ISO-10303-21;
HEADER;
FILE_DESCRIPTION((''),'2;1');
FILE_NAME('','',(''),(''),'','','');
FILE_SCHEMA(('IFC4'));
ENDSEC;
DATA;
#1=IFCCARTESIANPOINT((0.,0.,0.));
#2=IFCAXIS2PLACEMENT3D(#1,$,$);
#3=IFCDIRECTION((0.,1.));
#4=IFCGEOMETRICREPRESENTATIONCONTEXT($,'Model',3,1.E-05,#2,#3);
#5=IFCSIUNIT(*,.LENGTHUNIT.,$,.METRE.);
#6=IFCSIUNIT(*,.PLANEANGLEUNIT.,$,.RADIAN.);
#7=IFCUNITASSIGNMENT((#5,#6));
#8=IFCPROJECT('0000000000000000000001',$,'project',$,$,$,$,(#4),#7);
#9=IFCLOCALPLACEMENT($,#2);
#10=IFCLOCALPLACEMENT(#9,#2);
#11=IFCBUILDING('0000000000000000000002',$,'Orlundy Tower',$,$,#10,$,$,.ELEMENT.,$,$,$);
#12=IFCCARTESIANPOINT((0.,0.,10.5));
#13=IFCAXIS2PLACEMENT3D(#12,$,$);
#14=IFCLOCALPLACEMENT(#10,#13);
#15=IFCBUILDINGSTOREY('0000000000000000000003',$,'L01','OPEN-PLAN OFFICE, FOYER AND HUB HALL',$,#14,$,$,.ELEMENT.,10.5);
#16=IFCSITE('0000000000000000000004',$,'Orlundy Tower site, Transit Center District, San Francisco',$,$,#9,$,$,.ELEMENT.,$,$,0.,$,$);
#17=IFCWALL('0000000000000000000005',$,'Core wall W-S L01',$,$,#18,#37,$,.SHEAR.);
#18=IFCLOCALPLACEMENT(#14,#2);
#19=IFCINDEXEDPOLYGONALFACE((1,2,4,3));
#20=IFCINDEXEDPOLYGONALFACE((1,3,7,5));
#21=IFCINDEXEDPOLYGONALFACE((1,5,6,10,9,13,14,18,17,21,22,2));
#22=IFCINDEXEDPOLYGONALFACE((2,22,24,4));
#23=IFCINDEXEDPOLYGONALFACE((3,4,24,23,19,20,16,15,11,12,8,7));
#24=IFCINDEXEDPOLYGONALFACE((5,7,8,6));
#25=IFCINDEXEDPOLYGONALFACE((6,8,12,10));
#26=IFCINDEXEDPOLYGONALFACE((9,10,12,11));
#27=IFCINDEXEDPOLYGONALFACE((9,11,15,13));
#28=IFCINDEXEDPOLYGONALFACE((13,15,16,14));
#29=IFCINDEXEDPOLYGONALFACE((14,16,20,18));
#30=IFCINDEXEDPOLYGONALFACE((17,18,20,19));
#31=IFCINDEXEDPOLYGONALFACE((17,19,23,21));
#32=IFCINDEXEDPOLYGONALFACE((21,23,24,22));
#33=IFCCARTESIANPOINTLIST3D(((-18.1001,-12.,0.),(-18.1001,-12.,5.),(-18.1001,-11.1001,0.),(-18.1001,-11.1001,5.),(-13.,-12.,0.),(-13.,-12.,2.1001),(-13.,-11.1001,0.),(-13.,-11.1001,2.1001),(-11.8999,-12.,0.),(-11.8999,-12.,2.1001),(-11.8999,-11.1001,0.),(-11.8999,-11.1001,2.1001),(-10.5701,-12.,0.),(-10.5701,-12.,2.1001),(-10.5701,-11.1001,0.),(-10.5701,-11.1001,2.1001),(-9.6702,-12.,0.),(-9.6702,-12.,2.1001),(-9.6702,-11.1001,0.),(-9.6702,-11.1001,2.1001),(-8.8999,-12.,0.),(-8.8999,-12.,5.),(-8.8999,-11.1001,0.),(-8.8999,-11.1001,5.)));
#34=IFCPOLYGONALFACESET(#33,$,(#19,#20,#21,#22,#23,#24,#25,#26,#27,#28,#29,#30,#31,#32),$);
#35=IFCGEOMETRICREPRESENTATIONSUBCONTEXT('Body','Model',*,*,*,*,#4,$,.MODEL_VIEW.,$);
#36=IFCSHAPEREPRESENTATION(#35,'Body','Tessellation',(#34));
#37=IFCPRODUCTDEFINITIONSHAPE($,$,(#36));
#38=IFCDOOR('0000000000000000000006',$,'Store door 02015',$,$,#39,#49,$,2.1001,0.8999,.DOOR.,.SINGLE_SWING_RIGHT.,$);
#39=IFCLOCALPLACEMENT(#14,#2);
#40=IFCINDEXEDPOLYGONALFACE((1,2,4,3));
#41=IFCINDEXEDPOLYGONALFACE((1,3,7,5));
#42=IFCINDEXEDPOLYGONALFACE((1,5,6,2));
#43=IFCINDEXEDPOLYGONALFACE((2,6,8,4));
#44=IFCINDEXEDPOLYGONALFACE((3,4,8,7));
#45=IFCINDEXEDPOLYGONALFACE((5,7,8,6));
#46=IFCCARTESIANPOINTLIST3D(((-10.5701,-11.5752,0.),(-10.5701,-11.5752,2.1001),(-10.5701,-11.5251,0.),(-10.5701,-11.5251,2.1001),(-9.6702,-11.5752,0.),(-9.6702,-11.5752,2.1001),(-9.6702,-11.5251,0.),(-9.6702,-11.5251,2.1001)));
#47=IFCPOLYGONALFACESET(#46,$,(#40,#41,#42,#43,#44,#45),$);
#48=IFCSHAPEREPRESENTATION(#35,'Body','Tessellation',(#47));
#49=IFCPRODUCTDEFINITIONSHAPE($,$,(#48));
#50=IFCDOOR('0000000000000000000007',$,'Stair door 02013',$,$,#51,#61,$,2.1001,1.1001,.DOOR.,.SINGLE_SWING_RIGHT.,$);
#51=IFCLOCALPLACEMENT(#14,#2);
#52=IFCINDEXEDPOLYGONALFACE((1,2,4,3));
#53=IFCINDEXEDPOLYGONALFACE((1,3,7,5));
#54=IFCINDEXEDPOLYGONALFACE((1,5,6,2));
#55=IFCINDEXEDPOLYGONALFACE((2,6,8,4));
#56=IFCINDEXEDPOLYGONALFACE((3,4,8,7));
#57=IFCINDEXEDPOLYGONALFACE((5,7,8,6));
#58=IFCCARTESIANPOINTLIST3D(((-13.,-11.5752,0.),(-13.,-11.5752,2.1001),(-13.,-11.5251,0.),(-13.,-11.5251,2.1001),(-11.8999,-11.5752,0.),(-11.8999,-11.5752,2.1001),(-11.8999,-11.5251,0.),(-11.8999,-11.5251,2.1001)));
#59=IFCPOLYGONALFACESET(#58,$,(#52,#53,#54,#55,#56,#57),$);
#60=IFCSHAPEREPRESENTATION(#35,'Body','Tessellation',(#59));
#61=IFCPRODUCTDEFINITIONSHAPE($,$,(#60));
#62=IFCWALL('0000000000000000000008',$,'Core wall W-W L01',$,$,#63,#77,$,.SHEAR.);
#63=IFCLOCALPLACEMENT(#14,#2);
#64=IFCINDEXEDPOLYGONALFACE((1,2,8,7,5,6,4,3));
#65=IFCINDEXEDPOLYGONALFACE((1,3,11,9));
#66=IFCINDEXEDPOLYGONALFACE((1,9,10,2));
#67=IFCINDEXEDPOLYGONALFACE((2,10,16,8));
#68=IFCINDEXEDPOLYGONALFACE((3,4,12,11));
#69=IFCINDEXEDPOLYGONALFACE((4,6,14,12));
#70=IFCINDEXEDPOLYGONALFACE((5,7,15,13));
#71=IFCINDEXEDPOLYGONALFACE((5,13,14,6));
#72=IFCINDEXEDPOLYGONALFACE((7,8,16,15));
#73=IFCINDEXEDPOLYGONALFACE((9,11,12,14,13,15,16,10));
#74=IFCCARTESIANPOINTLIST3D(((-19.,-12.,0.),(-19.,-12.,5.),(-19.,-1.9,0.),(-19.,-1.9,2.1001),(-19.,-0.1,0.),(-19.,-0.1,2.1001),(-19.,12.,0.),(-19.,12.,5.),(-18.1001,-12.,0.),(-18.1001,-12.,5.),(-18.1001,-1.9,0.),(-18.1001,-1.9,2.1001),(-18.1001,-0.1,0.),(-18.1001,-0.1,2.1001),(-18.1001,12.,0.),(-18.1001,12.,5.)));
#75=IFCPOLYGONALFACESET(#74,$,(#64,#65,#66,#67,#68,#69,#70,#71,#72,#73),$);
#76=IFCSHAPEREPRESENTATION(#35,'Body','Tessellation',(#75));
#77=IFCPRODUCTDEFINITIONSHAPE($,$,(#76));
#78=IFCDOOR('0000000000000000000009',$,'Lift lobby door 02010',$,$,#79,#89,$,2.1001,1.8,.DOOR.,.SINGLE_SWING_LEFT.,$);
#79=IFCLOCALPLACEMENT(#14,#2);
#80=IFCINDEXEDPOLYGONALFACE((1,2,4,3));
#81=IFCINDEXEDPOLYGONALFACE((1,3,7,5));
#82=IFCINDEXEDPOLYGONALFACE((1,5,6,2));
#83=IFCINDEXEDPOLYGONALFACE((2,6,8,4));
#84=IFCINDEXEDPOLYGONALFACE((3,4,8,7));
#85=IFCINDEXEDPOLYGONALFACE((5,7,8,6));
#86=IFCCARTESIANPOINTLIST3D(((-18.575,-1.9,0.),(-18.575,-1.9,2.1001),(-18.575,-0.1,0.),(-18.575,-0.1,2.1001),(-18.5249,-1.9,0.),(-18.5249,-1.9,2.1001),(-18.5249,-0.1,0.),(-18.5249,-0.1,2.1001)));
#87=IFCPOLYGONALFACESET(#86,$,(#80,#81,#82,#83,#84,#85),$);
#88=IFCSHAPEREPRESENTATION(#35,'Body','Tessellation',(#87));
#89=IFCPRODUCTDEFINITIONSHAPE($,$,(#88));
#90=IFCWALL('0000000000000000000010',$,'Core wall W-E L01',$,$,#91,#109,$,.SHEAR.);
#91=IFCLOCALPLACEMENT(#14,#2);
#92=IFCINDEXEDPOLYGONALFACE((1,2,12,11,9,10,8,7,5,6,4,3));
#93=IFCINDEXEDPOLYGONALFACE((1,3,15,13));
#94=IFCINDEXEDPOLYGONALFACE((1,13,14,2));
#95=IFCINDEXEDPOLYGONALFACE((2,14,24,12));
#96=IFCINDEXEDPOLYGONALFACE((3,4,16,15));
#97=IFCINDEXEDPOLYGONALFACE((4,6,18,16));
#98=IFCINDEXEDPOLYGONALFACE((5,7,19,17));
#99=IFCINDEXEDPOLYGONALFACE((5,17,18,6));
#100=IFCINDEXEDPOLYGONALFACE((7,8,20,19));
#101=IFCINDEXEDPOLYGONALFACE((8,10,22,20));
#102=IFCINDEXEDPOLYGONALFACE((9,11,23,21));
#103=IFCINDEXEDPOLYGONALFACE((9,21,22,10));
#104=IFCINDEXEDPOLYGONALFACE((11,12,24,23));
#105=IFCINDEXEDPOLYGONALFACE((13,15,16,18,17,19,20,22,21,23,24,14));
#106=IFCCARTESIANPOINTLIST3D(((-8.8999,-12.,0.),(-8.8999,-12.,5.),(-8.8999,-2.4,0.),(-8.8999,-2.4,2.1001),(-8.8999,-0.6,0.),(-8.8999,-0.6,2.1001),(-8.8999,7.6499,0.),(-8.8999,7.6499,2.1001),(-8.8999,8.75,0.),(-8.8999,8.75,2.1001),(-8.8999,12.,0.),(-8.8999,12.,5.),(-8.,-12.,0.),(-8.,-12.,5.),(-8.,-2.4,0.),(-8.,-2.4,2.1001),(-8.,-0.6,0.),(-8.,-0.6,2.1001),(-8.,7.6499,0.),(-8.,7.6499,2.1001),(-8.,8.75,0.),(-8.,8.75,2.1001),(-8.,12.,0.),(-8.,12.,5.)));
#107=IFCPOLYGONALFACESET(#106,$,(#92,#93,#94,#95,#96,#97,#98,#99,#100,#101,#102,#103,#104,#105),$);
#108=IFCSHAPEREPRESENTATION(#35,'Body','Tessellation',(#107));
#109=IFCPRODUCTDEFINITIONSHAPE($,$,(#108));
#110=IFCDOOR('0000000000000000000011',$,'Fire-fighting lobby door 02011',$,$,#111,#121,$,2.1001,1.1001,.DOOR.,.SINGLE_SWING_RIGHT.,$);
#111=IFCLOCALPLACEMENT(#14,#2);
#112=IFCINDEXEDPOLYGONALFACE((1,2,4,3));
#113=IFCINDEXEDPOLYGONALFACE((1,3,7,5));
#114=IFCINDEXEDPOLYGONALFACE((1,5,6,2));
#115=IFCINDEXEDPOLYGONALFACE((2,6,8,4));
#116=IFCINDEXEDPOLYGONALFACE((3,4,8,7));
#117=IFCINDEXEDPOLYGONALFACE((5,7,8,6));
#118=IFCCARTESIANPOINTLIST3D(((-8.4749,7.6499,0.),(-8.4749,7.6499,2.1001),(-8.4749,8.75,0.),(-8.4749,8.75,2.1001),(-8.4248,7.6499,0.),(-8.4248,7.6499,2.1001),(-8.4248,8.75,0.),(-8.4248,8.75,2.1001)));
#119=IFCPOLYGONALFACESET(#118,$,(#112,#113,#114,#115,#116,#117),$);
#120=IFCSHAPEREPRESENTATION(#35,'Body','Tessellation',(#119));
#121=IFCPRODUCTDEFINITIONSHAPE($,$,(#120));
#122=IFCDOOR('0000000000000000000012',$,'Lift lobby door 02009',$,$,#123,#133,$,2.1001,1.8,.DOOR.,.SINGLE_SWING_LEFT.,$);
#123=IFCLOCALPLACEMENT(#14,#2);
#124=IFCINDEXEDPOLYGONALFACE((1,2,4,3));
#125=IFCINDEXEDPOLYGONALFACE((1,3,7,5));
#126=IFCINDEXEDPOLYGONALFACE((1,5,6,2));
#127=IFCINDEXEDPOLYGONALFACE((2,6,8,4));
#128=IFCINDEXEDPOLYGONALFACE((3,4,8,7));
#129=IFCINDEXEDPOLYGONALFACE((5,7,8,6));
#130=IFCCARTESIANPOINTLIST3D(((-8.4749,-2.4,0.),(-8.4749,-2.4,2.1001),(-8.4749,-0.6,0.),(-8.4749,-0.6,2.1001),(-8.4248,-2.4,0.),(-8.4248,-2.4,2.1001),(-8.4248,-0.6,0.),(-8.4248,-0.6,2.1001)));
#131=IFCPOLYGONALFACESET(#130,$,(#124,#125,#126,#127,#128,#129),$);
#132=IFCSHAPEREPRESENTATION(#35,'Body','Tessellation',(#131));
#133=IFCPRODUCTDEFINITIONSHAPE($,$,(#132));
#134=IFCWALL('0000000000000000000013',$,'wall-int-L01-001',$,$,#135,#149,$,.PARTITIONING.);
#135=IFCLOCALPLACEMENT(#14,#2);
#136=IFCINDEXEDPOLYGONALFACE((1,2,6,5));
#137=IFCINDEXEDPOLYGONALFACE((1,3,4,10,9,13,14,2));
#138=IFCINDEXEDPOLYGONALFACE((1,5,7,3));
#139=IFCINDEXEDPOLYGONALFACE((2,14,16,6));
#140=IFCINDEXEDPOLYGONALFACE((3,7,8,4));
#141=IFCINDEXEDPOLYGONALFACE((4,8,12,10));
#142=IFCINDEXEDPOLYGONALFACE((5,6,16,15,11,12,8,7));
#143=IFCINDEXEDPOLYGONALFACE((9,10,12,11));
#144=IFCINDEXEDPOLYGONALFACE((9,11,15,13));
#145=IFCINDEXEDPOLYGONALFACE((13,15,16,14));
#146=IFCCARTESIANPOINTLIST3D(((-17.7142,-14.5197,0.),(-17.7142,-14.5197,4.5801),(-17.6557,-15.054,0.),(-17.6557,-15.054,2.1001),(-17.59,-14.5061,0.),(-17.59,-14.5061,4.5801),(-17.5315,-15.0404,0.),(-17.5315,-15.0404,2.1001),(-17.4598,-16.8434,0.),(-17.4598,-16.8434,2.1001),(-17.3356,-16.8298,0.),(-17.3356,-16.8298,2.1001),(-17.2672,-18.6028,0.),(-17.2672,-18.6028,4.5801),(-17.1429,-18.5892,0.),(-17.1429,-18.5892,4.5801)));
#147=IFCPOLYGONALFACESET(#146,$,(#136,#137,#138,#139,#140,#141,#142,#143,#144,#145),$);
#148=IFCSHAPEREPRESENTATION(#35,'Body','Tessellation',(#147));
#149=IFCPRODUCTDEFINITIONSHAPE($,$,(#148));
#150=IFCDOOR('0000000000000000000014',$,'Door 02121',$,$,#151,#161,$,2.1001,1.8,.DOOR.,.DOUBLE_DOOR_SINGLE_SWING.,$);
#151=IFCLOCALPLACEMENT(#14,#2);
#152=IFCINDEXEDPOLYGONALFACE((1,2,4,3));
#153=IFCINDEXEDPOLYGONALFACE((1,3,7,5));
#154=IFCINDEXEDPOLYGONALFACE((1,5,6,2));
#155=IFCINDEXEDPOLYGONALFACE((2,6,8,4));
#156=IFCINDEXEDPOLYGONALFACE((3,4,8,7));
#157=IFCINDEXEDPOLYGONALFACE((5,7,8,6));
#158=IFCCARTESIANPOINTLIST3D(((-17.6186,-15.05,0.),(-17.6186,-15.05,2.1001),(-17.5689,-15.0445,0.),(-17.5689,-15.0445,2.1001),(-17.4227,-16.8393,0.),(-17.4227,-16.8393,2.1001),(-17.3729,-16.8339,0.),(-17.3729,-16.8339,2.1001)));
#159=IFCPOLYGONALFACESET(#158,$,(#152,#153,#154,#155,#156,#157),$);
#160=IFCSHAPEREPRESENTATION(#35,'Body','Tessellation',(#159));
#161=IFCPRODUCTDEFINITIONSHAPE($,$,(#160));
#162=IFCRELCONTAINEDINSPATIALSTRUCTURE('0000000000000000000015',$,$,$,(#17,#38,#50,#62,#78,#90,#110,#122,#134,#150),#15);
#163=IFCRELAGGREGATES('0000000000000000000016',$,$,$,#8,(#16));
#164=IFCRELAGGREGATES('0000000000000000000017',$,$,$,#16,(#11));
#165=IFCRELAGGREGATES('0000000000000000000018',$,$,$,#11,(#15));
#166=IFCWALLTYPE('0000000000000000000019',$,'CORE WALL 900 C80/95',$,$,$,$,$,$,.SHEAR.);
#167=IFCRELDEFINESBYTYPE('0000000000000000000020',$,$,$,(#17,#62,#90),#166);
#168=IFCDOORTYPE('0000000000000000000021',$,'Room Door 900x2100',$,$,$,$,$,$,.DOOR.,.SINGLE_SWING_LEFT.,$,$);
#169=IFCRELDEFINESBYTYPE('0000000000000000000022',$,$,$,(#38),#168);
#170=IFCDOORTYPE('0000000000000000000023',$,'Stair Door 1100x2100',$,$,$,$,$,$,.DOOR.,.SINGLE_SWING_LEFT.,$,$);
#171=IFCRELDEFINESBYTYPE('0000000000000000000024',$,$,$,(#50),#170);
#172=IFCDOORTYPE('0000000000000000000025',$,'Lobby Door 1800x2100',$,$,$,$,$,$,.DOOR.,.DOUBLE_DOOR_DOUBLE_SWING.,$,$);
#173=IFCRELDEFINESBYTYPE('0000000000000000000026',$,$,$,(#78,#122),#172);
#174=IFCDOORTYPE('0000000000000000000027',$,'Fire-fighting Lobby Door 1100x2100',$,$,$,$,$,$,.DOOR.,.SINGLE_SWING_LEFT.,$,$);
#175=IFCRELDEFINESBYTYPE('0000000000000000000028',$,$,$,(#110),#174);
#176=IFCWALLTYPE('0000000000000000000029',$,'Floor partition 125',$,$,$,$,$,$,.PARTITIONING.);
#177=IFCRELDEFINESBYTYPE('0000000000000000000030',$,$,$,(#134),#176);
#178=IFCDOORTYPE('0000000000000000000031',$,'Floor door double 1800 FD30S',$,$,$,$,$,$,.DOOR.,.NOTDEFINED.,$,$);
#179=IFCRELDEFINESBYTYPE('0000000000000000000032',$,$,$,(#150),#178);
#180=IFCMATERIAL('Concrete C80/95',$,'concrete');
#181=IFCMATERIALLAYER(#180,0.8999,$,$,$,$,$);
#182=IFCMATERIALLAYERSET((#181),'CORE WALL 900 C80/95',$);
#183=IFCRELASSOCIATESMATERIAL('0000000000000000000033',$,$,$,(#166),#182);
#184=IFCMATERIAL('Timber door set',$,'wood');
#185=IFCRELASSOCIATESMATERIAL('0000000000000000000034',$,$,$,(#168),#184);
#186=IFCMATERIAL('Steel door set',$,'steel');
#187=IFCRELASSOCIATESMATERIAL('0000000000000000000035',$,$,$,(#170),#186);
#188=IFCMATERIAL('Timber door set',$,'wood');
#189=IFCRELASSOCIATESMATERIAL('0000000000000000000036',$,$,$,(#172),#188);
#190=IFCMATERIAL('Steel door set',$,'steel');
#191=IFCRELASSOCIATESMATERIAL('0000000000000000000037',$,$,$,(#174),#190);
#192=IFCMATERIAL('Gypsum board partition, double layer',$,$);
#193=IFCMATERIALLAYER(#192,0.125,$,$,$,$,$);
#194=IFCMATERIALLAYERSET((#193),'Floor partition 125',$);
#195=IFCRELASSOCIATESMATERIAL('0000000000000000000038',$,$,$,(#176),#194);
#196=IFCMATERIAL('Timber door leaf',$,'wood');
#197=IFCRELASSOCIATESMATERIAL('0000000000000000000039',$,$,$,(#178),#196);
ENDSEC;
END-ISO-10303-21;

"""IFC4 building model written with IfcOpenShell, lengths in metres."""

from ifc_helpers import new_model, si_unit, direction, frame, frame_2d, origin, place, context, subcontext, project, spatial, rectangle, extrude, material, layer, layer_set, type_object, element, fill, save


model = new_model("IFC4")

# Units and contexts
model_context = context("Model", 3, precision=1e-05, world=origin(), true_north=direction((0.0, 1.0)))
body_context = subcontext(model_context, "Body", "Model", "MODEL_VIEW")
ifc_project = project(units=[si_unit("LENGTHUNIT", "METRE"), si_unit("PLANEANGLEUNIT", "RADIAN")], contexts=[model_context])

# Site, building, storey
site_placement = place(None, origin())
site = spatial("IfcSite", under=ifc_project, at=site_placement, Name="Orlundy Tower site, Transit Center District, San Francisco", CompositionType="ELEMENT", RefElevation=0.0)
building_placement = place(site_placement, origin())
building = spatial("IfcBuilding", under=site, at=building_placement, Name="Orlundy Tower", CompositionType="ELEMENT")
storey_placement = place(building_placement, frame((0.0, 0.0, 10.5)))
storey = spatial("IfcBuildingStorey", under=building, at=storey_placement, Name="L01", Description="OPEN-PLAN OFFICE, FOYER AND HUB HALL", CompositionType="ELEMENT", Elevation=10.5)

# Wall, openings, doors
ifc_material_1 = material(Name="Concrete C80/95", Category="concrete")
ifc_layer_1 = layer(ifc_material_1, 0.8999)
ifc_layer_set_1 = layer_set([ifc_layer_1], Name="CORE WALL 900 C80/95")
wall_type_1 = type_object("IfcWallType", Name="CORE WALL 900 C80/95", PredefinedType="SHEAR", material=ifc_layer_set_1)
wall_1_placement = place(storey_placement, frame((-18.1001, -11.55, 0.0), z_axis=(0.0, 0.0, 1.0), x_axis=(1.0, 0.0, 0.0)))
wall_1 = element("IfcWall", 1, at=wall_1_placement, inside=storey, type_object=wall_type_1, Name="Core wall W-S L01", PredefinedType="SHEAR", context=body_context, shape_type="SweptSolid", body=[
    extrude(rectangle(XDim=9.2002, YDim=0.8999, at=frame_2d((4.6001, 0.0))), origin(), (0.0, 0.0, 1.0), 5.0),
])
opening_1_placement = place(wall_1_placement, frame((5.1001, 0.0, 0.0)))
opening_1 = element("IfcOpeningElement", 2, at=opening_1_placement, cuts=wall_1, PredefinedType="OPENING", context=body_context, shape_type="SweptSolid", body=[
    extrude(rectangle(XDim=1.1001, YDim=2.1001, at=frame_2d((0.55, 1.05))), frame((0.0, 0.46, 0.0), z_axis=(0.0, -1.0, 0.0), x_axis=(1.0, 0.0, 0.0)), (0.0, 0.0, 1.0), 0.9199),
])
opening_2_placement = place(wall_1_placement, frame((7.53, 0.0, 0.0)))
opening_2 = element("IfcOpeningElement", 3, at=opening_2_placement, cuts=wall_1, PredefinedType="OPENING", context=body_context, shape_type="SweptSolid", body=[
    extrude(rectangle(XDim=0.8999, YDim=2.1001, at=frame_2d((0.45, 1.05))), frame((0.0, 0.46, 0.0), z_axis=(0.0, -1.0, 0.0), x_axis=(1.0, 0.0, 0.0)), (0.0, 0.0, 1.0), 0.9199),
])
ifc_material_2 = material(Name="Timber door set", Category="wood")
door_type_1 = type_object("IfcDoorType", Name="Room Door 900x2100", OperationType="SINGLE_SWING_LEFT", PredefinedType="DOOR", material=ifc_material_2)
door_1_placement = place(opening_2_placement, origin())
door_1 = element("IfcDoor", 4, at=door_1_placement, inside=storey, type_object=door_type_1, Name="Store door 02015", OperationType="SINGLE_SWING_RIGHT", OverallHeight=2.1001, OverallWidth=0.8999, PredefinedType="DOOR", context=body_context, shape_type="SweptSolid", body=[
    extrude(rectangle(XDim=0.8999, YDim=2.1001, at=frame_2d((0.45, 1.05))), frame((0.0, 0.0249, 0.0), z_axis=(0.0, -1.0, 0.0), x_axis=(1.0, 0.0, 0.0)), (0.0, 0.0, 1.0), 0.05),
])
fill(opening_2, door_1)
ifc_material_3 = material(Name="Steel door set", Category="steel")
door_type_2 = type_object("IfcDoorType", Name="Stair Door 1100x2100", OperationType="SINGLE_SWING_LEFT", PredefinedType="DOOR", material=ifc_material_3)
door_2_placement = place(opening_1_placement, origin())
door_2 = element("IfcDoor", 5, at=door_2_placement, inside=storey, type_object=door_type_2, Name="Stair door 02013", OperationType="SINGLE_SWING_RIGHT", OverallHeight=2.1001, OverallWidth=1.1001, PredefinedType="DOOR", context=body_context, shape_type="SweptSolid", body=[
    extrude(rectangle(XDim=1.1001, YDim=2.1001, at=frame_2d((0.55, 1.05))), frame((0.0, 0.0249, 0.0), z_axis=(0.0, -1.0, 0.0), x_axis=(1.0, 0.0, 0.0)), (0.0, 0.0, 1.0), 0.05),
])
fill(opening_1, door_2)

# Wall, opening, door
wall_2_placement = place(storey_placement, frame((-18.55, -12.0, 0.0), z_axis=(0.0, 0.0, 1.0), x_axis=(0.0, 1.0, 0.0)))
wall_2 = element("IfcWall", 6, at=wall_2_placement, inside=storey, type_object=wall_type_1, Name="Core wall W-W L01", PredefinedType="SHEAR", context=body_context, shape_type="SweptSolid", body=[
    extrude(rectangle(XDim=24.0, YDim=0.8999, at=frame_2d((12.0, 0.0))), origin(), (0.0, 0.0, 1.0), 5.0),
])
opening_3_placement = place(wall_2_placement, frame((10.1001, 0.0, 0.0)))
opening_3 = element("IfcOpeningElement", 7, at=opening_3_placement, cuts=wall_2, PredefinedType="OPENING", context=body_context, shape_type="SweptSolid", body=[
    extrude(rectangle(XDim=1.8, YDim=2.1001, at=frame_2d((0.8999, 1.05))), frame((0.0, 0.46, 0.0), z_axis=(0.0, -1.0, 0.0), x_axis=(1.0, 0.0, 0.0)), (0.0, 0.0, 1.0), 0.9199),
])
ifc_material_4 = material(Name="Timber door set", Category="wood")
door_type_3 = type_object("IfcDoorType", Name="Lobby Door 1800x2100", OperationType="DOUBLE_DOOR_DOUBLE_SWING", PredefinedType="DOOR", material=ifc_material_4)
door_3_placement = place(opening_3_placement, origin())
door_3 = element("IfcDoor", 8, at=door_3_placement, inside=storey, type_object=door_type_3, Name="Lift lobby door 02010", OperationType="SINGLE_SWING_LEFT", OverallHeight=2.1001, OverallWidth=1.8, PredefinedType="DOOR", context=body_context, shape_type="SweptSolid", body=[
    extrude(rectangle(XDim=1.8, YDim=2.1001, at=frame_2d((0.8999, 1.05))), frame((0.0, 0.0249, 0.0), z_axis=(0.0, -1.0, 0.0), x_axis=(1.0, 0.0, 0.0)), (0.0, 0.0, 1.0), 0.05),
])
fill(opening_3, door_3)

# Wall, openings, doors
wall_3_placement = place(storey_placement, frame((-8.45, -12.0, 0.0), z_axis=(0.0, 0.0, 1.0), x_axis=(0.0, 1.0, 0.0)))
wall_3 = element("IfcWall", 9, at=wall_3_placement, inside=storey, type_object=wall_type_1, Name="Core wall W-E L01", PredefinedType="SHEAR", context=body_context, shape_type="SweptSolid", body=[
    extrude(rectangle(XDim=24.0, YDim=0.8999, at=frame_2d((12.0, 0.0))), origin(), (0.0, 0.0, 1.0), 5.0),
])
opening_4_placement = place(wall_3_placement, frame((9.6001, 0.0, 0.0)))
opening_4 = element("IfcOpeningElement", 10, at=opening_4_placement, cuts=wall_3, PredefinedType="OPENING", context=body_context, shape_type="SweptSolid", body=[
    extrude(rectangle(XDim=1.8, YDim=2.1001, at=frame_2d((0.8999, 1.05))), frame((0.0, 0.46, 0.0), z_axis=(0.0, -1.0, 0.0), x_axis=(1.0, 0.0, 0.0)), (0.0, 0.0, 1.0), 0.9199),
])
opening_5_placement = place(wall_3_placement, frame((19.6499, 0.0, 0.0)))
opening_5 = element("IfcOpeningElement", 11, at=opening_5_placement, cuts=wall_3, PredefinedType="OPENING", context=body_context, shape_type="SweptSolid", body=[
    extrude(rectangle(XDim=1.1001, YDim=2.1001, at=frame_2d((0.55, 1.05))), frame((0.0, 0.46, 0.0), z_axis=(0.0, -1.0, 0.0), x_axis=(1.0, 0.0, 0.0)), (0.0, 0.0, 1.0), 0.9199),
])
ifc_material_5 = material(Name="Steel door set", Category="steel")
door_type_4 = type_object("IfcDoorType", Name="Fire-fighting Lobby Door 1100x2100", OperationType="SINGLE_SWING_LEFT", PredefinedType="DOOR", material=ifc_material_5)
door_4_placement = place(opening_5_placement, origin())
door_4 = element("IfcDoor", 12, at=door_4_placement, inside=storey, type_object=door_type_4, Name="Fire-fighting lobby door 02011", OperationType="SINGLE_SWING_RIGHT", OverallHeight=2.1001, OverallWidth=1.1001, PredefinedType="DOOR", context=body_context, shape_type="SweptSolid", body=[
    extrude(rectangle(XDim=1.1001, YDim=2.1001, at=frame_2d((0.55, 1.05))), frame((0.0, 0.0249, 0.0), z_axis=(0.0, -1.0, 0.0), x_axis=(1.0, 0.0, 0.0)), (0.0, 0.0, 1.0), 0.05),
])
fill(opening_5, door_4)
door_5_placement = place(opening_4_placement, origin())
door_5 = element("IfcDoor", 13, at=door_5_placement, inside=storey, type_object=door_type_3, Name="Lift lobby door 02009", OperationType="SINGLE_SWING_LEFT", OverallHeight=2.1001, OverallWidth=1.8, PredefinedType="DOOR", context=body_context, shape_type="SweptSolid", body=[
    extrude(rectangle(XDim=1.8, YDim=2.1001, at=frame_2d((0.8999, 1.05))), frame((0.0, 0.0249, 0.0), z_axis=(0.0, -1.0, 0.0), x_axis=(1.0, 0.0, 0.0)), (0.0, 0.0, 1.0), 0.05),
])
fill(opening_4, door_5)

# Wall, opening, door
ifc_material_6 = material(Name="Gypsum board partition, double layer")
ifc_layer_2 = layer(ifc_material_6, 0.125)
ifc_layer_set_2 = layer_set([ifc_layer_2], Name="Floor partition 125")
wall_type_2 = type_object("IfcWallType", Name="Floor partition 125", PredefinedType="PARTITIONING", material=ifc_layer_set_2)
wall_4_placement = place(storey_placement, frame((-17.6521, -14.5129, 0.0), z_axis=(0.0, 0.0, 1.0), x_axis=(0.108833, -0.99406, 0.0)))
wall_4 = element("IfcWall", 14, at=wall_4_placement, inside=storey, type_object=wall_type_2, Name="wall-int-L01-001", PredefinedType="PARTITIONING", context=body_context, shape_type="SweptSolid", body=[
    extrude(rectangle(XDim=4.1074, YDim=0.125, at=frame_2d((2.0537, 0.0))), origin(), (0.0, 0.0, 1.0), 4.5801),
])
opening_6_placement = place(wall_4_placement, frame((0.5376, 0.0, 0.0)))
opening_6 = element("IfcOpeningElement", 15, at=opening_6_placement, cuts=wall_4, PredefinedType="OPENING", context=body_context, shape_type="SweptSolid", body=[
    extrude(rectangle(XDim=1.8, YDim=2.1001, at=frame_2d((0.8999, 1.05))), frame((0.0, 0.0725, 0.0), z_axis=(0.0, -1.0, 0.0), x_axis=(1.0, 0.0, 0.0)), (0.0, 0.0, 1.0), 0.145),
])
ifc_material_7 = material(Name="Timber door leaf", Category="wood")
door_type_5 = type_object("IfcDoorType", Name="Floor door double 1800 FD30S", OperationType="NOTDEFINED", PredefinedType="DOOR", material=ifc_material_7)
door_6_placement = place(opening_6_placement, origin())
door_6 = element("IfcDoor", 16, at=door_6_placement, inside=storey, type_object=door_type_5, Name="Door 02121", OperationType="DOUBLE_DOOR_SINGLE_SWING", OverallHeight=2.1001, OverallWidth=1.8, PredefinedType="DOOR", context=body_context, shape_type="SweptSolid", body=[
    extrude(rectangle(XDim=1.8, YDim=2.1001, at=frame_2d((0.8999, 1.05))), frame((0.0, 0.0249, 0.0), z_axis=(0.0, -1.0, 0.0), x_axis=(1.0, 0.0, 0.0)), (0.0, 0.0, 1.0), 0.05),
])
fill(opening_6, door_6)

save(model, "model.ifc")
